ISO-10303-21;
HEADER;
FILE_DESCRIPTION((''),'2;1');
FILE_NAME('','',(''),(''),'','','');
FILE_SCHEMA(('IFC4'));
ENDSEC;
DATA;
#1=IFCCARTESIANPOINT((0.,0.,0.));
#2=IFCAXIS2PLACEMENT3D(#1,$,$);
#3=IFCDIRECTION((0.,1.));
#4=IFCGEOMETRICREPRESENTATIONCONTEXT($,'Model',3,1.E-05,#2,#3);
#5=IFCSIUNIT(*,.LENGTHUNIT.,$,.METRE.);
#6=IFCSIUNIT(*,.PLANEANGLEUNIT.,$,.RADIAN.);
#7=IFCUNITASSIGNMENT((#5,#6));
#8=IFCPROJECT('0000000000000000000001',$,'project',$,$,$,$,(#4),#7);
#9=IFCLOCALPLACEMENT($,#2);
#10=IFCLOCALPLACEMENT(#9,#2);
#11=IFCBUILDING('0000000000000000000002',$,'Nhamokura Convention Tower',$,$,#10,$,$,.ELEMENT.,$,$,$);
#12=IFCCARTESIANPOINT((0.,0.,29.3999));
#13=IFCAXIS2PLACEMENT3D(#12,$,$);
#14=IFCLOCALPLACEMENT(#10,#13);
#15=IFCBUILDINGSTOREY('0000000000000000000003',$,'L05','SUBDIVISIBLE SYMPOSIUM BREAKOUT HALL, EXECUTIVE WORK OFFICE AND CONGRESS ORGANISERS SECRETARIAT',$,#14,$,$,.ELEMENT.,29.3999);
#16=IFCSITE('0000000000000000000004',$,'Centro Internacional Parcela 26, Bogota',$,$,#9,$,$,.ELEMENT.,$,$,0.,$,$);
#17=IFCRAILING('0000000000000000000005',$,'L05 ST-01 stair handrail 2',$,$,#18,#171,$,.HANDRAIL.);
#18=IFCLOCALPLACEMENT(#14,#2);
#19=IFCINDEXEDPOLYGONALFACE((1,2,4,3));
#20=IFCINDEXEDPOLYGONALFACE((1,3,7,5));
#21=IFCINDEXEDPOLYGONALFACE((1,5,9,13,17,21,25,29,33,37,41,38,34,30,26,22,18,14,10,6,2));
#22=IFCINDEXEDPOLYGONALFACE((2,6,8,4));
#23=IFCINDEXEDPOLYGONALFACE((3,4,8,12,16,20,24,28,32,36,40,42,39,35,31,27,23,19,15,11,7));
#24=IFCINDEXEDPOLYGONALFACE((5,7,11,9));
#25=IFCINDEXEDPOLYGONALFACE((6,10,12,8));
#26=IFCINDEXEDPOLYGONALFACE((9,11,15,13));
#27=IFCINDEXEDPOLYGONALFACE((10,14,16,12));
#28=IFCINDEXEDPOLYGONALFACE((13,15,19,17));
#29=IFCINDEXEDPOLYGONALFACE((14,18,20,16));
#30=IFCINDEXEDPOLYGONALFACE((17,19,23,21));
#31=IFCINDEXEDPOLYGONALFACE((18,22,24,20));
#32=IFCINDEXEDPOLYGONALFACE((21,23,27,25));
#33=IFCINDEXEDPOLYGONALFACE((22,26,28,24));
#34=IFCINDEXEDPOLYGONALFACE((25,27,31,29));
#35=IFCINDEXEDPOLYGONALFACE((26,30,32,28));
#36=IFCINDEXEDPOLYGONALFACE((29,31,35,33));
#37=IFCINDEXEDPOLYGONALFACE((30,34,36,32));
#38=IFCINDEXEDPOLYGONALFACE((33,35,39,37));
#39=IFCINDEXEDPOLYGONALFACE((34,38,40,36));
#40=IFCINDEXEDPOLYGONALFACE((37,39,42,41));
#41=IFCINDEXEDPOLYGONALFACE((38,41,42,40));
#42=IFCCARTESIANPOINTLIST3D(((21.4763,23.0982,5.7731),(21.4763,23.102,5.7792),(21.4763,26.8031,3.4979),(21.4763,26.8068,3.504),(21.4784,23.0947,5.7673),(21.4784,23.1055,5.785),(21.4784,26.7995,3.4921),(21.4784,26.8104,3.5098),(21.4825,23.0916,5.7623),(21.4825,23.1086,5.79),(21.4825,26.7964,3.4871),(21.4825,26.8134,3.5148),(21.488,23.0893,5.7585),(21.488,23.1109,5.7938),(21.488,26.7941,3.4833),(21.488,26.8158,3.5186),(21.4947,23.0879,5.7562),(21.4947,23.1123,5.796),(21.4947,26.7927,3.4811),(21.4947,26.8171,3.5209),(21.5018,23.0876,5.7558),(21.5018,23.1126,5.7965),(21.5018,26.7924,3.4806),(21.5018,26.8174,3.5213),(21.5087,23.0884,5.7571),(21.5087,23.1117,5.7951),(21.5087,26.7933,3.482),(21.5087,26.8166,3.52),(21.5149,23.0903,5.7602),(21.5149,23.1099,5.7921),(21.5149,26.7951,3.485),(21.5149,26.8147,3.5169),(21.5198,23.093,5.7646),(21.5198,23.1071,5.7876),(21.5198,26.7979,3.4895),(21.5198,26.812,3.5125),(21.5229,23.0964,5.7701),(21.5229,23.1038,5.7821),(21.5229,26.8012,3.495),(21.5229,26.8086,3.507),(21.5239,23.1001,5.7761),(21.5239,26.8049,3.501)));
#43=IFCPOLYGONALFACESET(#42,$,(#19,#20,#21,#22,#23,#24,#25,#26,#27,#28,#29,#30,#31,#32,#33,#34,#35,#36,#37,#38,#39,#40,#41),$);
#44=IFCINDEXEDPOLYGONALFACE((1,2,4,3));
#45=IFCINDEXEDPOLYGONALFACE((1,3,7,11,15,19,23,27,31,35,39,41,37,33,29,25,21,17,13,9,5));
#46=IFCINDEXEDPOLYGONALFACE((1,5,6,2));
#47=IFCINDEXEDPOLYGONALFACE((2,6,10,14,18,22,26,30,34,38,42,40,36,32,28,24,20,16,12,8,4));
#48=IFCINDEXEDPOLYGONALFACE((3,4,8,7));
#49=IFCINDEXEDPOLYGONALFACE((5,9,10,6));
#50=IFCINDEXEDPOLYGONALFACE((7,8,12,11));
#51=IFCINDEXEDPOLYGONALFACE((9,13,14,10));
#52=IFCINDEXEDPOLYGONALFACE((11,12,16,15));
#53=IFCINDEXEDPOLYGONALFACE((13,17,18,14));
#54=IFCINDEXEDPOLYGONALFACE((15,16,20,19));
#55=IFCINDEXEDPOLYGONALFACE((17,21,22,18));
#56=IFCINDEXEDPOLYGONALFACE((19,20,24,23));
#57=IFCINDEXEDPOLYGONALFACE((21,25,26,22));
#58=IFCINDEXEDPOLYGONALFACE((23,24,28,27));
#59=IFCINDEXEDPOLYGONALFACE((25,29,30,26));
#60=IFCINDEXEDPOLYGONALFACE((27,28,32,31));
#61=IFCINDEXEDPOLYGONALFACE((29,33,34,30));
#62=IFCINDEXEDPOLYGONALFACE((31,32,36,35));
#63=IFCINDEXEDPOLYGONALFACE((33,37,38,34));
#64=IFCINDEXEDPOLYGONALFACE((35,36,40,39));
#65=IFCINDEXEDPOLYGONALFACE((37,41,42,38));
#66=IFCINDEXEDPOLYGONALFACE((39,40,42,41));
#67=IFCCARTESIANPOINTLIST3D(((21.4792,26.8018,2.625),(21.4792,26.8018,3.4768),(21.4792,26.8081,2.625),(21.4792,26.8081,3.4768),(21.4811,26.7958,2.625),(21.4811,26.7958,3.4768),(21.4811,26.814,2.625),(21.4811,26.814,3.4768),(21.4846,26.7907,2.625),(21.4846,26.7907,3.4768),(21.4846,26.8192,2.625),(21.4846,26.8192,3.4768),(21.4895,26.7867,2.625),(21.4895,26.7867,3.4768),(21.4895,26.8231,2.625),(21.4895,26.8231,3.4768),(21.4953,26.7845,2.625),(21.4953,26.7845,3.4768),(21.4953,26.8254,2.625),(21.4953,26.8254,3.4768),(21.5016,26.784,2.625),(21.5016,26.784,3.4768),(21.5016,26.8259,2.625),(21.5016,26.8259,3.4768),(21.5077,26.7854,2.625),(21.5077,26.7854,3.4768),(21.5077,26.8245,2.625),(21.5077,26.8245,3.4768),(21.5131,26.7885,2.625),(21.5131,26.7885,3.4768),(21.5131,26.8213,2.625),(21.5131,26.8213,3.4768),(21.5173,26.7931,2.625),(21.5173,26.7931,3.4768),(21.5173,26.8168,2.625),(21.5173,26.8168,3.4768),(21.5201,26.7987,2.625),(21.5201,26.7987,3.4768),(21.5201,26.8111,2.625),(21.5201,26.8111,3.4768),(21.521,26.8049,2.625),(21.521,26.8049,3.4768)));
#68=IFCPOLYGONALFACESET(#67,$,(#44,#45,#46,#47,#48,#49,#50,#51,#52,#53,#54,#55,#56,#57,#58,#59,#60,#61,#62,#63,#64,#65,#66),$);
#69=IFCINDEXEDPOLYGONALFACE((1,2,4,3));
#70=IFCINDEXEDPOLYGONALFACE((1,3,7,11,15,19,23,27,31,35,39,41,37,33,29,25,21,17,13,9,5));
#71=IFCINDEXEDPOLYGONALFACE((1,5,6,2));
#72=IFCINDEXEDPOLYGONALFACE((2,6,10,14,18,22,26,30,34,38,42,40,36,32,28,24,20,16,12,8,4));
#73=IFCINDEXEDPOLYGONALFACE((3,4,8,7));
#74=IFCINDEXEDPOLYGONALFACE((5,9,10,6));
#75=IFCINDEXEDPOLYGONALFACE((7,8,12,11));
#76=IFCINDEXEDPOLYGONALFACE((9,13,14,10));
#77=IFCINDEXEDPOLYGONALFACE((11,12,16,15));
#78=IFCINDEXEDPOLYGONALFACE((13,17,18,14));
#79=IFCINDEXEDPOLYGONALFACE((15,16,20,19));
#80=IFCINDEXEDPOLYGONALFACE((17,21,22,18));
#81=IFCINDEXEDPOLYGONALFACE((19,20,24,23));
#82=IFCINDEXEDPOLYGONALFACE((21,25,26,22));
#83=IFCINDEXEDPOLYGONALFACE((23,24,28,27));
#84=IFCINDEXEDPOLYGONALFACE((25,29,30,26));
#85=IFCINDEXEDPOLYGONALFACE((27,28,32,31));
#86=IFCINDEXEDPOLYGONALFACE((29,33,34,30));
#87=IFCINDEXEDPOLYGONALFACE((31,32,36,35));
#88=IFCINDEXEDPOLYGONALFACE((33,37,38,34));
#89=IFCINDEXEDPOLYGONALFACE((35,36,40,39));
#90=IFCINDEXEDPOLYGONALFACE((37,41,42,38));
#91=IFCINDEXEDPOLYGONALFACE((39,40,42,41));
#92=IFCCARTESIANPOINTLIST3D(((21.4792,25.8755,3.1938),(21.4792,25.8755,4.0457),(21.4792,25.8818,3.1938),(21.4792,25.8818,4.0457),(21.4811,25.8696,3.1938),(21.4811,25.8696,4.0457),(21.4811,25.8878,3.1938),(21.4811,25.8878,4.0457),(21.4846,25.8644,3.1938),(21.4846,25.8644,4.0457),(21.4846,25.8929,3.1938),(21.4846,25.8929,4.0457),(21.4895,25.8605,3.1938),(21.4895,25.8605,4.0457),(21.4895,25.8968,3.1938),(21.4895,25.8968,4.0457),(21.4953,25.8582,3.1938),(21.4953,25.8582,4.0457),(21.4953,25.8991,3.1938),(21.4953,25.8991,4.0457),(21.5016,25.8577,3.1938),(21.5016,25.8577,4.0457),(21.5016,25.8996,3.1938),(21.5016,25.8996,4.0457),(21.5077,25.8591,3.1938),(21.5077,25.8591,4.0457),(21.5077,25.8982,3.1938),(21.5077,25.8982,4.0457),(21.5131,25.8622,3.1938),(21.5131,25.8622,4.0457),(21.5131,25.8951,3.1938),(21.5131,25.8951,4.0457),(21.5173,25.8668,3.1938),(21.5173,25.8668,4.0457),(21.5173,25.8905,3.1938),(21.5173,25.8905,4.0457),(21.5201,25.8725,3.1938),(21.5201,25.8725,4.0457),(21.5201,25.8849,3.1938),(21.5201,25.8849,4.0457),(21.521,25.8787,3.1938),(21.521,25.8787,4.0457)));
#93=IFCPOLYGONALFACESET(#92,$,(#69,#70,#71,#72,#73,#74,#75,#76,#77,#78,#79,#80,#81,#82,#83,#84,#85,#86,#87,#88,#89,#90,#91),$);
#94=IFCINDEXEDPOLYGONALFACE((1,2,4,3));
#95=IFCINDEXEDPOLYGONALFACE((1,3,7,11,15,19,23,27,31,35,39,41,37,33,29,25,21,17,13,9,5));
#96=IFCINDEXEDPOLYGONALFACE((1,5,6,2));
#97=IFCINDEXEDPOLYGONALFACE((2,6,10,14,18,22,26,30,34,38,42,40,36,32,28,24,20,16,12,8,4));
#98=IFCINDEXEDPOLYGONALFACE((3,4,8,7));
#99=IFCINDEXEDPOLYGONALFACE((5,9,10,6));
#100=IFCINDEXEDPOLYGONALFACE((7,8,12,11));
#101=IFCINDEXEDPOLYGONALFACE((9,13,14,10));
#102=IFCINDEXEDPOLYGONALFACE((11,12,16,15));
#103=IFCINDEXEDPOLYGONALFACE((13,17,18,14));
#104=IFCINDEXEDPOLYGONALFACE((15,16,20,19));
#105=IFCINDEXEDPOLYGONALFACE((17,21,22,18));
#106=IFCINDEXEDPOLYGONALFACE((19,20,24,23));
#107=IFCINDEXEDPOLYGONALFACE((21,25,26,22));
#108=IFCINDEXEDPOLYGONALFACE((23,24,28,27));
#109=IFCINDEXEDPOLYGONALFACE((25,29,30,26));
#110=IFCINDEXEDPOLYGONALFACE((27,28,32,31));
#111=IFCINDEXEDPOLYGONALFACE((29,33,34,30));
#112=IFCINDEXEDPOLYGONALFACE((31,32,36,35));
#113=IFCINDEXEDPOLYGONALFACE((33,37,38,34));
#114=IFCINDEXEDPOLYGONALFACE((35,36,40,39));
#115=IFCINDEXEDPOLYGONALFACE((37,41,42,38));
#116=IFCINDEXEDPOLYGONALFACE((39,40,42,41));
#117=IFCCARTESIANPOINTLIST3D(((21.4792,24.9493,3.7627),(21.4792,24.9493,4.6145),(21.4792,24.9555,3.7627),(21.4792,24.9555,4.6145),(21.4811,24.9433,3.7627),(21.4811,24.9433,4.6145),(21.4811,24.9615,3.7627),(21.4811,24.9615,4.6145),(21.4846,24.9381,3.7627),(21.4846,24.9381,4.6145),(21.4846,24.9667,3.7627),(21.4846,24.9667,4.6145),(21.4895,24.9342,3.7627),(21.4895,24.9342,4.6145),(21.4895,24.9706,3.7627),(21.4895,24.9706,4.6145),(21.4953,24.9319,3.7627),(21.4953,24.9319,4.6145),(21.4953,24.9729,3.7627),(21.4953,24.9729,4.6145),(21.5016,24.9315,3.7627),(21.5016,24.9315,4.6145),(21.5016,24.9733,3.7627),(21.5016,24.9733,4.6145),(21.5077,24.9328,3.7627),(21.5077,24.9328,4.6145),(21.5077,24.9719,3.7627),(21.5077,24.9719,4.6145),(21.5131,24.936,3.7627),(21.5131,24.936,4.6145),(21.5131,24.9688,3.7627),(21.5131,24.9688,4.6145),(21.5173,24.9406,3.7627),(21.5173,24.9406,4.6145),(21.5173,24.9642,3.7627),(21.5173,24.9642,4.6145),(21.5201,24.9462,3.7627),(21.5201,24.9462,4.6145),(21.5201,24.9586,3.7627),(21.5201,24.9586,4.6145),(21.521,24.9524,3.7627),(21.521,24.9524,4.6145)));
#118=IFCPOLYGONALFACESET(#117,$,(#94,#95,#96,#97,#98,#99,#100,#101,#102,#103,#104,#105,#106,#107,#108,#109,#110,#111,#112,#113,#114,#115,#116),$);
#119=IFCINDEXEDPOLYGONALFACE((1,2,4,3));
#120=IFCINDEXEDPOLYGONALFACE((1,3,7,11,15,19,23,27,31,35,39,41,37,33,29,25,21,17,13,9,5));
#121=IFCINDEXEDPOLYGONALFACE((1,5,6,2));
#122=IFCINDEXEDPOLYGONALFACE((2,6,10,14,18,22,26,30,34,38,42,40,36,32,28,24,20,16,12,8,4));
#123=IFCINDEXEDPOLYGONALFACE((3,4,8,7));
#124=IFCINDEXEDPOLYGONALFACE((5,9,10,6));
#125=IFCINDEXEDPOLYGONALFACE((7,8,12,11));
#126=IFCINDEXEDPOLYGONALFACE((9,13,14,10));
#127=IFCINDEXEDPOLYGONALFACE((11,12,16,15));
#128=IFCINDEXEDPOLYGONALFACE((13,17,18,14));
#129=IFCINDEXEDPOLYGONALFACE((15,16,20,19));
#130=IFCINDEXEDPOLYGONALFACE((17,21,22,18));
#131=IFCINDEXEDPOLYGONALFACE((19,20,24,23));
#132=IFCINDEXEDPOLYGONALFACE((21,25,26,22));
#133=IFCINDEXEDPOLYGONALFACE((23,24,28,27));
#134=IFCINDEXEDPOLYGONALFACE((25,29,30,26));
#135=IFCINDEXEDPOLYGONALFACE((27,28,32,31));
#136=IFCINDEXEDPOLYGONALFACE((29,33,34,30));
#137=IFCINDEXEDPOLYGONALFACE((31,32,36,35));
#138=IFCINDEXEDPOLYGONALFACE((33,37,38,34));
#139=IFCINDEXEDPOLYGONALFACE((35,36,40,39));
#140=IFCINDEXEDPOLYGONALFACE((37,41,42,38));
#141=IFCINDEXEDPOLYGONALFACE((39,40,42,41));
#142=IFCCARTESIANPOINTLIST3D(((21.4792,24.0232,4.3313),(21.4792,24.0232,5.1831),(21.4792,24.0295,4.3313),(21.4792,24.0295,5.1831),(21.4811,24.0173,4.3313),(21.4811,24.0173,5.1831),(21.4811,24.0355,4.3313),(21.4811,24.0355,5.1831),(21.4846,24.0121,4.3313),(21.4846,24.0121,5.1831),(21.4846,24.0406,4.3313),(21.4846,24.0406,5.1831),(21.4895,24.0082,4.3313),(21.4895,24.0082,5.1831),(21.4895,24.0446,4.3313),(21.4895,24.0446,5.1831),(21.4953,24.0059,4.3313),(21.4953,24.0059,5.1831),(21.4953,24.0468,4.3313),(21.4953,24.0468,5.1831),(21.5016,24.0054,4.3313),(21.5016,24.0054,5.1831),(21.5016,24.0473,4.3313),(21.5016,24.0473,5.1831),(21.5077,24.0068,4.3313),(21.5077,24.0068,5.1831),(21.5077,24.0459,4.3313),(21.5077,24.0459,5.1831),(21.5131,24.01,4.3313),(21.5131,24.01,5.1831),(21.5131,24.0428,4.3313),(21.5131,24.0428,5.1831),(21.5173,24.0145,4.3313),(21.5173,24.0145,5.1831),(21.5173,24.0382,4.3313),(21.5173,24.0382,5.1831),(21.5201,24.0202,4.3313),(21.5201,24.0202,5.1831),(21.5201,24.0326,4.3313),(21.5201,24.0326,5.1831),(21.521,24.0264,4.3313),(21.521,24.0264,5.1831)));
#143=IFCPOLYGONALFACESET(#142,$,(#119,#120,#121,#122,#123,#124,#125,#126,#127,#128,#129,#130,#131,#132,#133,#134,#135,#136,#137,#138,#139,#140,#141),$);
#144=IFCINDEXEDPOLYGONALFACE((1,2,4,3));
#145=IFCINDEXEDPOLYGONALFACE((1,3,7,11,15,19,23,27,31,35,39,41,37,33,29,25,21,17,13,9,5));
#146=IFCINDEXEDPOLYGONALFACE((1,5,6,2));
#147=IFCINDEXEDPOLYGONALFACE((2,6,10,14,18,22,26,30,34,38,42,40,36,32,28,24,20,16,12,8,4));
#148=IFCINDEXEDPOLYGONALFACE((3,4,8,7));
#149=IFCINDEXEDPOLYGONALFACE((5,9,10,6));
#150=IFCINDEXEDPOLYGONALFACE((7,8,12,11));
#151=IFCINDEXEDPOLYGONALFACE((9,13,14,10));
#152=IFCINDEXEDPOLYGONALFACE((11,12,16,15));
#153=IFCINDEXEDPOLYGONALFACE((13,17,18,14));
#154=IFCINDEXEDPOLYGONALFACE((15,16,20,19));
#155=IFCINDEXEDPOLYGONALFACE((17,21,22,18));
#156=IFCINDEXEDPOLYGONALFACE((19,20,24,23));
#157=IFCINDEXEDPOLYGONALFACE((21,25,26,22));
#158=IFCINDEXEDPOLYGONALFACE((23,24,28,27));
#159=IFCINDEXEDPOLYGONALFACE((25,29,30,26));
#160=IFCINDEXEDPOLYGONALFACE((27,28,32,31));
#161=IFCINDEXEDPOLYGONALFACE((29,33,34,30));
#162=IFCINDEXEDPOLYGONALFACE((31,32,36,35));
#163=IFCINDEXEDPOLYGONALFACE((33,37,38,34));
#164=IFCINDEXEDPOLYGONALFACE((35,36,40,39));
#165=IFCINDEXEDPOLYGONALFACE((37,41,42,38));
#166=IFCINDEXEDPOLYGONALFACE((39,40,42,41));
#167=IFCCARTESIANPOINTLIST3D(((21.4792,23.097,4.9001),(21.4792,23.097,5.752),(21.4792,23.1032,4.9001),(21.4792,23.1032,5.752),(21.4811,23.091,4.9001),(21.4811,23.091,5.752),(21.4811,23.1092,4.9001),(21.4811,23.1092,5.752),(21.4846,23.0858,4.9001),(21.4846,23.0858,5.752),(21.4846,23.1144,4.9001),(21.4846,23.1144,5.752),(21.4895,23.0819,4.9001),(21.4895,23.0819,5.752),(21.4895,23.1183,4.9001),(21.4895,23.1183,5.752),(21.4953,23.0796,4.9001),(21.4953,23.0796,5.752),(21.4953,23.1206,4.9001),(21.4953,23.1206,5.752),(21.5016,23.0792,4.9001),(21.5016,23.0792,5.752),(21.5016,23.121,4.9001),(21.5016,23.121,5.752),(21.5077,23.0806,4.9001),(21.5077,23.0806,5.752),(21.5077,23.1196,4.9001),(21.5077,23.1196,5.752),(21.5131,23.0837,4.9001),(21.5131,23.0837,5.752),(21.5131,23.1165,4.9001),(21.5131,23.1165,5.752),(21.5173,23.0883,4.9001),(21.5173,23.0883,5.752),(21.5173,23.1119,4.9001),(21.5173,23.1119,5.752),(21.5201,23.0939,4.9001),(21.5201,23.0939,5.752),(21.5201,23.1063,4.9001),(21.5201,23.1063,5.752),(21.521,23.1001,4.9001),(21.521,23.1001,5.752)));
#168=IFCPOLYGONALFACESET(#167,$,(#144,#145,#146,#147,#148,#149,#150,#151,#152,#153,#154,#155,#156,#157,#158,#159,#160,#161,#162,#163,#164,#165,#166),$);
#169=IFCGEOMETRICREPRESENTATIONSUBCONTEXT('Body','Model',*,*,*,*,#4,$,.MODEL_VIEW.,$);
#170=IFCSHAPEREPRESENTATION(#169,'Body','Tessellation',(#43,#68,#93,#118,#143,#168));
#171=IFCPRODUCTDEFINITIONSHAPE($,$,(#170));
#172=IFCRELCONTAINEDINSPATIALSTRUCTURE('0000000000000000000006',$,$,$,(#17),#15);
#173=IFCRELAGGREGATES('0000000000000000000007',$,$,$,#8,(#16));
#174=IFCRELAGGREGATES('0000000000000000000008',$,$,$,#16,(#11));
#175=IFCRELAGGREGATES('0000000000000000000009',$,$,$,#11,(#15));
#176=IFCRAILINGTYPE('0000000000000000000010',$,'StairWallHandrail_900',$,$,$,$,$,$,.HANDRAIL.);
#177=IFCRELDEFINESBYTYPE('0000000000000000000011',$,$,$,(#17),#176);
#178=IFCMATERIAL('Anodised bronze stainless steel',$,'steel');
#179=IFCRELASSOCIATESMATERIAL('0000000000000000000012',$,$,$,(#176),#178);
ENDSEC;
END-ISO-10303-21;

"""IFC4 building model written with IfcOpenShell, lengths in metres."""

from ifc_helpers import new_model, si_unit, direction, frame, origin, origin_2d, place, context, subcontext, project, spatial, circle, extrude, material, type_object, element, save


model = new_model("IFC4")

# Units and contexts
model_context = context("Model", 3, precision=1e-05, world=origin(), true_north=direction((0.0, 1.0)))
body_context = subcontext(model_context, "Body", "Model", "MODEL_VIEW")
ifc_project = project(units=[si_unit("LENGTHUNIT", "METRE"), si_unit("PLANEANGLEUNIT", "RADIAN")], contexts=[model_context])

# Site, building, storey
site_placement = place(None, origin())
site = spatial("IfcSite", under=ifc_project, at=site_placement, Name="Centro Internacional Parcela 26, Bogota", CompositionType="ELEMENT", RefElevation=0.0)
building_placement = place(site_placement, origin())
building = spatial("IfcBuilding", under=site, at=building_placement, Name="Nhamokura Convention Tower", CompositionType="ELEMENT")
storey_placement = place(building_placement, frame((0.0, 0.0, 29.3999)))
storey = spatial("IfcBuildingStorey", under=building, at=storey_placement, Name="L05", Description="SUBDIVISIBLE SYMPOSIUM BREAKOUT HALL, EXECUTIVE WORK OFFICE AND CONGRESS ORGANISERS SECRETARIAT", CompositionType="ELEMENT", Elevation=29.3999)

# Railing
ifc_material_1 = material(Name="Anodised bronze stainless steel", Category="steel")
railing_type_1 = type_object("IfcRailingType", Name="StairWallHandrail_900", PredefinedType="HANDRAIL", material=ifc_material_1)
railing_1_placement = place(storey_placement, frame((21.5, 26.8049, 2.625)))
element("IfcRailing", 1, at=railing_1_placement, inside=storey, type_object=railing_type_1, Name="L05 ST-01 stair handrail 2", PredefinedType="HANDRAIL", context=body_context, shape_type="SweptSolid", body=[
    extrude(circle(Radius=0.0239, at=origin_2d()), frame((0.0, 0.0, 0.876), z_axis=(0.0, -0.852146, 0.523305), x_axis=(1.0, 0.0, 0.0)), (0.0, 0.0, 1.0), 4.3477),
    extrude(circle(Radius=0.021, at=origin_2d()), origin(), (0.0, 0.0, 1.0), 0.8518),
    extrude(circle(Radius=0.021, at=origin_2d()), frame((0.0, -0.9263, 0.5688)), (0.0, 0.0, 1.0), 0.8518),
    extrude(circle(Radius=0.021, at=origin_2d()), frame((0.0, -1.8525, 1.1377)), (0.0, 0.0, 1.0), 0.8518),
    extrude(circle(Radius=0.021, at=origin_2d()), frame((0.0, -2.7786, 1.7063)), (0.0, 0.0, 1.0), 0.8518),
    extrude(circle(Radius=0.021, at=origin_2d()), frame((0.0, -3.7048, 2.2751)), (0.0, 0.0, 1.0), 0.8518),
])

save(model, "model.ifc")
